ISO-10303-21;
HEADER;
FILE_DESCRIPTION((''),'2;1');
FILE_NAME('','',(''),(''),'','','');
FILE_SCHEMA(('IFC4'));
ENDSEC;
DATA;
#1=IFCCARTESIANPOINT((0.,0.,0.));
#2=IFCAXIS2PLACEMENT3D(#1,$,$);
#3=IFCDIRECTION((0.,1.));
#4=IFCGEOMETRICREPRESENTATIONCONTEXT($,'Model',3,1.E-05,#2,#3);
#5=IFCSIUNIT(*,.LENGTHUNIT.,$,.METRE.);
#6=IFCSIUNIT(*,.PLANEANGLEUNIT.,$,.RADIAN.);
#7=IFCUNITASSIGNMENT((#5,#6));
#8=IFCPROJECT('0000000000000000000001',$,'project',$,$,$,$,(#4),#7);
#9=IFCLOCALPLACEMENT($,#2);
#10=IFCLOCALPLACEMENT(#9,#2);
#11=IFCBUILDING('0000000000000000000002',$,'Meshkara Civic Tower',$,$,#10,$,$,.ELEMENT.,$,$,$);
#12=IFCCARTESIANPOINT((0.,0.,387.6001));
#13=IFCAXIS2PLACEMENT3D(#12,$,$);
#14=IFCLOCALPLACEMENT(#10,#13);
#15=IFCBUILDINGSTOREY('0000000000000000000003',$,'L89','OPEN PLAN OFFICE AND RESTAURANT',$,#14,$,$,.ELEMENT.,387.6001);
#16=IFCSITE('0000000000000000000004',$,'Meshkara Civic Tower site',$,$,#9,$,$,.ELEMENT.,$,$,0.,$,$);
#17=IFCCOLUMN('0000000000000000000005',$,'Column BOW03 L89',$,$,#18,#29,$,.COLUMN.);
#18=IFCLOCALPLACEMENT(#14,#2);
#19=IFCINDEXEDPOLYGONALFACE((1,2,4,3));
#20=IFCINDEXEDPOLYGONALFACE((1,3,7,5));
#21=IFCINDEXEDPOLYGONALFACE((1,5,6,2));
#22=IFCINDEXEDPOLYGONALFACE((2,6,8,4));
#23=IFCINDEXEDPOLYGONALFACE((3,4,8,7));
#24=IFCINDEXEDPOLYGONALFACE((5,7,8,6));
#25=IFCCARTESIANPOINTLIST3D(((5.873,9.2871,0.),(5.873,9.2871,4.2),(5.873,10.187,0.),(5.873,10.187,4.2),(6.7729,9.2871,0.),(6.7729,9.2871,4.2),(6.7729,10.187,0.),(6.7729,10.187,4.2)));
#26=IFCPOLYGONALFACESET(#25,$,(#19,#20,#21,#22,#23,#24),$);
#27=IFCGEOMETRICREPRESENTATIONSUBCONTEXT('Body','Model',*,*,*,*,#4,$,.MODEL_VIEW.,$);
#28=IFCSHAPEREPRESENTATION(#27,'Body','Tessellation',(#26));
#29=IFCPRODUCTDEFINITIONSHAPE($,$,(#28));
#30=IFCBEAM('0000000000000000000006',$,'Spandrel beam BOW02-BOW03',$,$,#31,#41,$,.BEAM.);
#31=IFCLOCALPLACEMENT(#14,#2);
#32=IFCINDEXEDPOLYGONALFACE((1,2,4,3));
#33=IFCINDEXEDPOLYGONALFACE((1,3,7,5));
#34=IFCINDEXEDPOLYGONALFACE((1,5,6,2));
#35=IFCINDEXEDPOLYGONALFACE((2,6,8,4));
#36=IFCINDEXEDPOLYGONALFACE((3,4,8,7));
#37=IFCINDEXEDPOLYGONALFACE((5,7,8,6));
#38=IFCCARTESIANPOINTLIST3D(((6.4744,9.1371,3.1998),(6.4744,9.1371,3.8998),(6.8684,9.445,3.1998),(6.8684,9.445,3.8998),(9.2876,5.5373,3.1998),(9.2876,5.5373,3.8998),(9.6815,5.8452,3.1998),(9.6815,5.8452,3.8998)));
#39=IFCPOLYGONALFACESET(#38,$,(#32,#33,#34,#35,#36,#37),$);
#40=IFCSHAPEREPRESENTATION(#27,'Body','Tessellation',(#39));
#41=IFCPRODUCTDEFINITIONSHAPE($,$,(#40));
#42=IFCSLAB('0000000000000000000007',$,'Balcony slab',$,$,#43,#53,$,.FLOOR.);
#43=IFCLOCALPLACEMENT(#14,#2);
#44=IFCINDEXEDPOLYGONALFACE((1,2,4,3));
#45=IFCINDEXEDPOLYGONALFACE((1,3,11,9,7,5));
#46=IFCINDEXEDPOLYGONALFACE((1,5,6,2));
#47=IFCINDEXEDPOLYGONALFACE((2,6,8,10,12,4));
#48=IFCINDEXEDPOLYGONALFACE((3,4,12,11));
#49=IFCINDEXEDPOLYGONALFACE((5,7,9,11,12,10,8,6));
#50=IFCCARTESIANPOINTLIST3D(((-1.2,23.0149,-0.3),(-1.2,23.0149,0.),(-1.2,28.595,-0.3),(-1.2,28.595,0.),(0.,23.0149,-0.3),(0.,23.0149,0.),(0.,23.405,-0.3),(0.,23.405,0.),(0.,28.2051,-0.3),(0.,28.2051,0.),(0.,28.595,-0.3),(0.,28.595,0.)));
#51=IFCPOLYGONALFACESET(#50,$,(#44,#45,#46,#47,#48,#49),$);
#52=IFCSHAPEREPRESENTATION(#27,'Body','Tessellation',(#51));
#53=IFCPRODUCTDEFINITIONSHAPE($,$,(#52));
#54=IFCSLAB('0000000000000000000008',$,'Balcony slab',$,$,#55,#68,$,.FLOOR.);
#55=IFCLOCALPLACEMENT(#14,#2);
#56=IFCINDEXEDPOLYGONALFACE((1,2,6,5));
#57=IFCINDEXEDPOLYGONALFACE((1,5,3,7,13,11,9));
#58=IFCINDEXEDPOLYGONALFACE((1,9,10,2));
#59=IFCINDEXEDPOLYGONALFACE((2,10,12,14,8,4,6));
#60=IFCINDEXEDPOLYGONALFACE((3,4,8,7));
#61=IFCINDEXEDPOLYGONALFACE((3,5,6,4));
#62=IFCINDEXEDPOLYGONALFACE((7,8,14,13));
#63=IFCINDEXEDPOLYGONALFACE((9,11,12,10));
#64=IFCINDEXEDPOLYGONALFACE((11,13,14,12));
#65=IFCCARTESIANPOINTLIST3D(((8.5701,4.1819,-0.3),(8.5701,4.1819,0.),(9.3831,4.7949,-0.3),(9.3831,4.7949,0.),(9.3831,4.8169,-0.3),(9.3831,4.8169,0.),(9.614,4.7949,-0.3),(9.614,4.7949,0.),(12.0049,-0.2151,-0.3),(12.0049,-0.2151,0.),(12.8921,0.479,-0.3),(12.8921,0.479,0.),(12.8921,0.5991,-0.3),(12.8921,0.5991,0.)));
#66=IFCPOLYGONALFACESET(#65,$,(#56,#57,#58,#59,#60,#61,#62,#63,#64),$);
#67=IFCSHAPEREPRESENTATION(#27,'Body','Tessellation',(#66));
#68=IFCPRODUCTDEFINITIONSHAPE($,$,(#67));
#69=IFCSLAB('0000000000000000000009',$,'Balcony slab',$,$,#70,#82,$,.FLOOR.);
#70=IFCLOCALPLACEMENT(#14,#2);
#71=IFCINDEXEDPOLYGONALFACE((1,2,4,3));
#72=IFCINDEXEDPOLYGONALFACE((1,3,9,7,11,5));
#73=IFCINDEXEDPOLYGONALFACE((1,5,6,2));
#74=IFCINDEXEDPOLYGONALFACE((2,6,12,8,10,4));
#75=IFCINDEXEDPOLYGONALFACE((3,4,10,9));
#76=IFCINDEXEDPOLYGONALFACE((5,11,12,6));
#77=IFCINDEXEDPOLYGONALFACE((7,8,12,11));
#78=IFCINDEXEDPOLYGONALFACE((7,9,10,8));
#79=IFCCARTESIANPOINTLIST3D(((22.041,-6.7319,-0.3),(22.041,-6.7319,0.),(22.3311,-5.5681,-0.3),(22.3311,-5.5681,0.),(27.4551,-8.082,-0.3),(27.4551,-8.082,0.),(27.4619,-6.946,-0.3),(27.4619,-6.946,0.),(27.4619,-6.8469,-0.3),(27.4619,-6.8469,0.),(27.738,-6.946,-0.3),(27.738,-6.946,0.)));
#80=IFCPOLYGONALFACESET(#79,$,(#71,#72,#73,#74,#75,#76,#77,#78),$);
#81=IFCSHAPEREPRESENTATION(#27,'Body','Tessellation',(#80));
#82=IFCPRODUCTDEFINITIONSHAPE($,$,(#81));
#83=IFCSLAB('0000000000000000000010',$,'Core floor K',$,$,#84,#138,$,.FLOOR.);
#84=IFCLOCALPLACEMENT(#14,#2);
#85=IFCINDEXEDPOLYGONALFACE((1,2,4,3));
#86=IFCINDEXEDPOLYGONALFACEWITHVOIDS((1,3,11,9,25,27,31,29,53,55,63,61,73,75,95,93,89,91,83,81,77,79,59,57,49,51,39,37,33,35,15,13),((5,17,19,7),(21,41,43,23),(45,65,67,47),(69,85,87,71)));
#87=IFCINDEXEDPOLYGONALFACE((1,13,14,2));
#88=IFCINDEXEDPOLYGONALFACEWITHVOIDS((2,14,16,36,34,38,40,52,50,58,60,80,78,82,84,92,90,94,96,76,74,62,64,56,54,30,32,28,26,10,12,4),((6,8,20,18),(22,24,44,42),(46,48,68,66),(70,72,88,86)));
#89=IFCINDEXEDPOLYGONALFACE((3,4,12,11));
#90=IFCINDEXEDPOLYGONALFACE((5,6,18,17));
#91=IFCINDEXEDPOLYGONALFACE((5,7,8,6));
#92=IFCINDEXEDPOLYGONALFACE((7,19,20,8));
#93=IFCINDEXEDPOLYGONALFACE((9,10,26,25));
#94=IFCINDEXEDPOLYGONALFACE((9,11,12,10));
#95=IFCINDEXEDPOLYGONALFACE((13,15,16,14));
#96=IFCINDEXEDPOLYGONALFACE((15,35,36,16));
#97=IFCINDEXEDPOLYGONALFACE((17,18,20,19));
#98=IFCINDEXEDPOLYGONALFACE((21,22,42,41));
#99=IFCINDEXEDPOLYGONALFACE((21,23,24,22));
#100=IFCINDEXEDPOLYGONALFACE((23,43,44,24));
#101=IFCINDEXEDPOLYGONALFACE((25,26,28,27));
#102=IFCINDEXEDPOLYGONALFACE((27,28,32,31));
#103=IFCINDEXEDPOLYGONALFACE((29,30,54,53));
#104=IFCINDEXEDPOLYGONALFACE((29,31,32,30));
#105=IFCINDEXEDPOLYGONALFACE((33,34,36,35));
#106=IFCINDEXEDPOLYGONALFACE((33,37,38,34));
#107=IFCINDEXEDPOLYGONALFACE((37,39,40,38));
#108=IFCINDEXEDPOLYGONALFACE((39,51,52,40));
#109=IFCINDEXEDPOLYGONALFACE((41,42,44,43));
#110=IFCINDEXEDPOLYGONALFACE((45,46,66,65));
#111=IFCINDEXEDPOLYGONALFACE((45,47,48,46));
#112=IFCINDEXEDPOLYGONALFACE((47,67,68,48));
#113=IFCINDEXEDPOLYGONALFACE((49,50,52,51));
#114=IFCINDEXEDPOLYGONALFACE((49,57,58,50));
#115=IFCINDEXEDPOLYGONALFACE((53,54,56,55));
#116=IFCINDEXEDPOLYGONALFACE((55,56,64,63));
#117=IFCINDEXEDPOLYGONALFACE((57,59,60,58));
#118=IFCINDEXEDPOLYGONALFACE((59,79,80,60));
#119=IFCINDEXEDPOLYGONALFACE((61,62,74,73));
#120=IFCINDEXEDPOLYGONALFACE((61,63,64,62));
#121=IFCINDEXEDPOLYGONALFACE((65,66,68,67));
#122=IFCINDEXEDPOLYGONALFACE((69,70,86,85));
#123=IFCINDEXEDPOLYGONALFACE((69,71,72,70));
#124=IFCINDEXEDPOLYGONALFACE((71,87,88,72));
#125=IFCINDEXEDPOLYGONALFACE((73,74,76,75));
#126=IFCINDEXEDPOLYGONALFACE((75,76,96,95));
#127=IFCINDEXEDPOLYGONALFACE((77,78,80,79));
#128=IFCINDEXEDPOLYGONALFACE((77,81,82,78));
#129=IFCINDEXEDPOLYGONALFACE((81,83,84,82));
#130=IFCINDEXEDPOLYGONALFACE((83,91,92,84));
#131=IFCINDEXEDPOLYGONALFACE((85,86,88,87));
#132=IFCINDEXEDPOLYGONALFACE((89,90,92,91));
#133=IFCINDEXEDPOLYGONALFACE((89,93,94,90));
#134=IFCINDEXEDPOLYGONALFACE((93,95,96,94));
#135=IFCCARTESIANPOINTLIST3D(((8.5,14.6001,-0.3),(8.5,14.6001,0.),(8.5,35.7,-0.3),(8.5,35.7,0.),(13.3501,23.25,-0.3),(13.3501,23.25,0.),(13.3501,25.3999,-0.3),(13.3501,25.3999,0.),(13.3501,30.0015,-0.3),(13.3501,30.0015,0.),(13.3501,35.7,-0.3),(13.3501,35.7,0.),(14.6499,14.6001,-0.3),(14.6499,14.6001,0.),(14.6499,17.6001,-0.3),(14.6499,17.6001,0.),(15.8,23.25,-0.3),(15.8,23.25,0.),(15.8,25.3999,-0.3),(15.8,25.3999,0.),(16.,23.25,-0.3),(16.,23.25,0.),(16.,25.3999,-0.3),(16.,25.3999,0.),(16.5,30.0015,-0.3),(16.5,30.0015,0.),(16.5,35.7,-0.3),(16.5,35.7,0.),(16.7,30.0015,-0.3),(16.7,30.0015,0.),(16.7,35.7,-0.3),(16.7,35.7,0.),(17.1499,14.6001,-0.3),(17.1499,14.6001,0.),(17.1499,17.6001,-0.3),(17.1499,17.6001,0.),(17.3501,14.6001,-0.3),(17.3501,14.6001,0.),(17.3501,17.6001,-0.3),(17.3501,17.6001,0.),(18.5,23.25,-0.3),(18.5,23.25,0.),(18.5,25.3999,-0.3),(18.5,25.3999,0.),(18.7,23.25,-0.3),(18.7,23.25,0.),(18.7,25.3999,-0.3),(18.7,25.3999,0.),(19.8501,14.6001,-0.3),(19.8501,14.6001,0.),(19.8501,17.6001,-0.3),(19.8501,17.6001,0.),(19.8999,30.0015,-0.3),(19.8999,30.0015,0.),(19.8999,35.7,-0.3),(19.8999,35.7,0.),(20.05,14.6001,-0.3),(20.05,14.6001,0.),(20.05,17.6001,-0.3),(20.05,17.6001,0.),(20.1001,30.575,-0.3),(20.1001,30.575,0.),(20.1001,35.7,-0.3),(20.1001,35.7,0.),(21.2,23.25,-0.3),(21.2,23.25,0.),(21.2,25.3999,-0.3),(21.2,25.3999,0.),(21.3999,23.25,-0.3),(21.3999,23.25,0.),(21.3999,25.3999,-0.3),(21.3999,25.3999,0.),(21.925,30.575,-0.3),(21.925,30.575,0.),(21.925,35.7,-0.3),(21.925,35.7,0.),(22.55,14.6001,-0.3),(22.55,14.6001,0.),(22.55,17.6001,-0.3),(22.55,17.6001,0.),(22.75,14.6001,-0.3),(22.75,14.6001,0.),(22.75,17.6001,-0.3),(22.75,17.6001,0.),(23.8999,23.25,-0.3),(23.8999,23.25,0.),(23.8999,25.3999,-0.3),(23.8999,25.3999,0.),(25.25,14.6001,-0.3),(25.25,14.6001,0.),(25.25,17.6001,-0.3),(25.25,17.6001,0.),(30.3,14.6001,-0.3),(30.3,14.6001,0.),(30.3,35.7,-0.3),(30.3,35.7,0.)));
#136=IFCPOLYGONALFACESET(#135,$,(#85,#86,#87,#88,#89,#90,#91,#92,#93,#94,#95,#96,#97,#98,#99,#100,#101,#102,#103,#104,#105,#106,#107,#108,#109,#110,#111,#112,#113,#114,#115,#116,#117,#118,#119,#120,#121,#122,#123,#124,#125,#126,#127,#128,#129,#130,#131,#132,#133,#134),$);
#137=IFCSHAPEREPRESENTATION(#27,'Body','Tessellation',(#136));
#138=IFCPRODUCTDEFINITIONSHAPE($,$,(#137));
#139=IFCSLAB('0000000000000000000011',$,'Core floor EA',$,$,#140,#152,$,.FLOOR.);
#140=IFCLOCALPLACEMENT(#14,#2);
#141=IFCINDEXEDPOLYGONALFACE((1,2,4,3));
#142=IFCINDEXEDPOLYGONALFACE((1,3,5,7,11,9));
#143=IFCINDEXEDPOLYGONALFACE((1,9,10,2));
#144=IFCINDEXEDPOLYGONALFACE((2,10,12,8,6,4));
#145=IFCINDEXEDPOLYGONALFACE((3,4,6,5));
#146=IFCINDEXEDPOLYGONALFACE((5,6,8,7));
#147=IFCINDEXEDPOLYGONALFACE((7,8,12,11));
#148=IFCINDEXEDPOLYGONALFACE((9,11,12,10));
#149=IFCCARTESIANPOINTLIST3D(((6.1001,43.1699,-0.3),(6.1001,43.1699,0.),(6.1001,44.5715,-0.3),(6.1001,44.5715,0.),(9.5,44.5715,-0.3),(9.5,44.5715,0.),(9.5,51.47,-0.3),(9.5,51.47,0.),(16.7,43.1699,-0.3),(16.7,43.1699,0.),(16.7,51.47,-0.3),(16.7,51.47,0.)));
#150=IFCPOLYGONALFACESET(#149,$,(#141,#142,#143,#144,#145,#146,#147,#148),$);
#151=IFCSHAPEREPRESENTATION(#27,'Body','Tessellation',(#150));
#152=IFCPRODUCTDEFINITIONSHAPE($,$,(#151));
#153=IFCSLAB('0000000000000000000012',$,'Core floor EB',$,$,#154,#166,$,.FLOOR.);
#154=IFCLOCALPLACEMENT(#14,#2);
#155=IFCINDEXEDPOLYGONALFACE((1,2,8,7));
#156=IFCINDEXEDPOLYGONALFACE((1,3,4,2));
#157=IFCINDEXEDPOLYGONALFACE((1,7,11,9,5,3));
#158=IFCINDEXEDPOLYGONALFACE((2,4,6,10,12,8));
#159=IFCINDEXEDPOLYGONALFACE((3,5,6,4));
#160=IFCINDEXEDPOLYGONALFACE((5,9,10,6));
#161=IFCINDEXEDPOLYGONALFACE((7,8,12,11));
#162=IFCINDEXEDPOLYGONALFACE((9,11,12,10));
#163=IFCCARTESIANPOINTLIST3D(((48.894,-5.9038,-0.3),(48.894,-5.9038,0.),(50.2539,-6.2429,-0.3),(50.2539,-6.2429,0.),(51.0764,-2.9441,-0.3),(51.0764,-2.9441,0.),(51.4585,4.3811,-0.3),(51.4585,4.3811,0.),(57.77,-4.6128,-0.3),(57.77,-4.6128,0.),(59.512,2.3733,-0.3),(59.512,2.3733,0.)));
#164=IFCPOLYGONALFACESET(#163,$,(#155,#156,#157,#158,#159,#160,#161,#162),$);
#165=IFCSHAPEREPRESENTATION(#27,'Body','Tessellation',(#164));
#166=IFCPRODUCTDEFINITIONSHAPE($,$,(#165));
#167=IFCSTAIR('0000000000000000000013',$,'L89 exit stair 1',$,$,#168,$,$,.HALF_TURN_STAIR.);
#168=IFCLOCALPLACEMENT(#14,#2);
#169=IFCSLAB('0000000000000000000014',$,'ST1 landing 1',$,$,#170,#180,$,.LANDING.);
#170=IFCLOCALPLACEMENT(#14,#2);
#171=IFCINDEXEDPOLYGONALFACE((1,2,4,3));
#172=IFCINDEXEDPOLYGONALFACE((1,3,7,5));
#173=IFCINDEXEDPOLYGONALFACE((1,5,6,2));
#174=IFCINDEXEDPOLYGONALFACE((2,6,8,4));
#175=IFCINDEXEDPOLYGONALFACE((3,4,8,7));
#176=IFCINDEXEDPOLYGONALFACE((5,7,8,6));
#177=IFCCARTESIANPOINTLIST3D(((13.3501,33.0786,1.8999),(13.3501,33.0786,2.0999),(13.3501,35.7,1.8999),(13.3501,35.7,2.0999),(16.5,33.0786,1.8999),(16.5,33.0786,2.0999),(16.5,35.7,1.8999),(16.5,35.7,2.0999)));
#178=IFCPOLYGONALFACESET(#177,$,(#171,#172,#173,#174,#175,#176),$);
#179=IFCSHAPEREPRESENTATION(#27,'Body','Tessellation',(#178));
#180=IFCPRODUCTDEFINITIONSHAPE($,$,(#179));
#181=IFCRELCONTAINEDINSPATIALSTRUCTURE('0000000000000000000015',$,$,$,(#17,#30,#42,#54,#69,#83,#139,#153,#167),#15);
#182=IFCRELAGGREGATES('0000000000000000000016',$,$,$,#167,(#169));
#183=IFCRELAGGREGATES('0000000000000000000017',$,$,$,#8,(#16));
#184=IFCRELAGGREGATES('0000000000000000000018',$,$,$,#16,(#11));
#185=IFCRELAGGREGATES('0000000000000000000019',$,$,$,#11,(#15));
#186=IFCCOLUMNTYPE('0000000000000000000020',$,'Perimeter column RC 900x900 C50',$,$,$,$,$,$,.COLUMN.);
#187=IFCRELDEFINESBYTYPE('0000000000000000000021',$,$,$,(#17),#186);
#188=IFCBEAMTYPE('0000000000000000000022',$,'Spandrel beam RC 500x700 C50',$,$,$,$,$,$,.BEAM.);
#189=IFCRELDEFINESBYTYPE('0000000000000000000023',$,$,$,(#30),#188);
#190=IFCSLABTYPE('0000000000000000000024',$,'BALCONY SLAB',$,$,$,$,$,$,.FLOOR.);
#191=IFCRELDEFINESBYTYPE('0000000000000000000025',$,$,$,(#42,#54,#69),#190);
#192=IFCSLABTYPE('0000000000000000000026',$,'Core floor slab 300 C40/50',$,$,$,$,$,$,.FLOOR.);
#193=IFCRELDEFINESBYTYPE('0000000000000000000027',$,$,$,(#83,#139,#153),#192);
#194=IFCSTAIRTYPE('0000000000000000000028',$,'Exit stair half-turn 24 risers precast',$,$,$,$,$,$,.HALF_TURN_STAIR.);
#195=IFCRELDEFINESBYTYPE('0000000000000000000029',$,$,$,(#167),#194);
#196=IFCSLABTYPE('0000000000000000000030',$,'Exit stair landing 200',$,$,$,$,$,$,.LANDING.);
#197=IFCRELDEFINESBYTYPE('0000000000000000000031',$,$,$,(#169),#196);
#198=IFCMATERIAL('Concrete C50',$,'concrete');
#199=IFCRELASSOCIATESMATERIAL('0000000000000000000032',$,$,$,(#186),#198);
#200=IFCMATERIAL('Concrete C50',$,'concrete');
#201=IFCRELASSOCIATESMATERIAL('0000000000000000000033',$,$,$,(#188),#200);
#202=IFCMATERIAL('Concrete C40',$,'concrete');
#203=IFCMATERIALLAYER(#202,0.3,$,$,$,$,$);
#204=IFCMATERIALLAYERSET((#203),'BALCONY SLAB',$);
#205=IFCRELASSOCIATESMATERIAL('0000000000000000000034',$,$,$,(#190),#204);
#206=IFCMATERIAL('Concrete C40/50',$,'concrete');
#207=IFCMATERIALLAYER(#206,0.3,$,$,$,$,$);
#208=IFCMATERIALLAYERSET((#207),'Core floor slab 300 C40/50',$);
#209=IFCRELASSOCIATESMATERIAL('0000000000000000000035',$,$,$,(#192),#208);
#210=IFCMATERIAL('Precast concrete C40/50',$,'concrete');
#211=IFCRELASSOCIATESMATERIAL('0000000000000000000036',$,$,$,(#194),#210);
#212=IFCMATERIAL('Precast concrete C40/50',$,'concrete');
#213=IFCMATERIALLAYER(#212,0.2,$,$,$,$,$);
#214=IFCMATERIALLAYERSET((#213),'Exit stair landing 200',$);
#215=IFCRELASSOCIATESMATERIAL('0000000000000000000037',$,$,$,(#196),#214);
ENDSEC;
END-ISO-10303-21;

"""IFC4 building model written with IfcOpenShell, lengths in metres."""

from ifc_helpers import new_model, si_unit, direction, frame, origin, origin_2d, place, context, subcontext, project, spatial, polyline, rectangle, outline, extrude, material, layer, layer_set, material_profile, profile_set, type_object, element, aggregate, save


model = new_model("IFC4")

# Units and contexts
model_context = context("Model", 3, precision=1e-05, world=origin(), true_north=direction((0.0, 1.0)))
body_context = subcontext(model_context, "Body", "Model", "MODEL_VIEW")
ifc_project = project(units=[si_unit("LENGTHUNIT", "METRE"), si_unit("PLANEANGLEUNIT", "RADIAN")], contexts=[model_context])

# Site, building, storey
site_placement = place(None, origin())
site = spatial("IfcSite", under=ifc_project, at=site_placement, Name="Meshkara Civic Tower site", CompositionType="ELEMENT", RefElevation=0.0)
building_placement = place(site_placement, origin())
building = spatial("IfcBuilding", under=site, at=building_placement, Name="Meshkara Civic Tower", CompositionType="ELEMENT")
storey_placement = place(building_placement, frame((0.0, 0.0, 387.6001)))
storey = spatial("IfcBuildingStorey", under=building, at=storey_placement, Name="L89", Description="OPEN PLAN OFFICE AND RESTAURANT", CompositionType="ELEMENT", Elevation=387.6001)

# Column
ifc_material_1 = material(Name="Concrete C50", Category="concrete")
ifc_material_profile_1 = material_profile(ifc_material_1, rectangle(XDim=0.8999, YDim=0.8999, at=origin_2d()))
ifc_profile_set_1 = profile_set([ifc_material_profile_1], Name="Concrete C50")
column_type = type_object("IfcColumnType", Name="Perimeter column RC 900x900 C50", PredefinedType="COLUMN", material=ifc_profile_set_1)
column_placement = place(storey_placement, frame((6.323, 9.7371, 0.0), z_axis=(0.0, 0.0, 1.0), x_axis=(1.0, 0.0, 0.0)))
element("IfcColumn", 1, at=column_placement, inside=storey, type_object=column_type, Name="Column BOW03 L89", PredefinedType="COLUMN", context=body_context, shape_type="SweptSolid", body=[
    extrude(rectangle(XDim=0.8999, YDim=0.8999, at=origin_2d()), origin(), (0.0, 0.0, 1.0), 4.2),
])

# Beam
ifc_material_2 = material(Name="Concrete C50", Category="concrete")
ifc_material_profile_2 = material_profile(ifc_material_2, rectangle(XDim=0.5, YDim=0.7, at=origin_2d()))
ifc_profile_set_2 = profile_set([ifc_material_profile_2], Name="Concrete C50")
beam_type = type_object("IfcBeamType", Name="Spandrel beam RC 500x700 C50", PredefinedType="BEAM", material=ifc_profile_set_2)
beam_placement = place(storey_placement, frame((6.6714, 9.291, 3.5498), z_axis=(0.615759, -0.787934, 0.0), x_axis=(0.787934, 0.615759, 0.0)))
element("IfcBeam", 2, at=beam_placement, inside=storey, type_object=beam_type, Name="Spandrel beam BOW02-BOW03", PredefinedType="BEAM", context=body_context, shape_type="SweptSolid", body=[
    extrude(rectangle(XDim=0.5, YDim=0.7, at=origin_2d()), origin(), (0.0, 0.0, 1.0), 4.5686),
])

# Slabs
ifc_material_3 = material(Name="Concrete C40", Category="concrete")
ifc_layer_1 = layer(ifc_material_3, 0.3)
ifc_layer_set_1 = layer_set([ifc_layer_1], Name="BALCONY SLAB")
slab_type_1 = type_object("IfcSlabType", Name="BALCONY SLAB", PredefinedType="FLOOR", material=ifc_layer_set_1)
slab_1_placement = place(storey_placement, frame((0.0, 0.0, -0.3)))
element("IfcSlab", 3, at=slab_1_placement, inside=storey, type_object=slab_type_1, Name="Balcony slab", PredefinedType="FLOOR", context=body_context, shape_type="SweptSolid", body=[
    extrude(outline(polyline([(0.0, 23.405), (0.0, 23.0149), (-1.2, 23.0149), (-1.2, 28.595), (0.0, 28.595), (0.0, 28.2051), (0.0, 23.405)])), origin(), (0.0, 0.0, 1.0), 0.3),
])
slab_2_placement = place(storey_placement, frame((0.0, 0.0, -0.3)))
element("IfcSlab", 4, at=slab_2_placement, inside=storey, type_object=slab_type_1, Name="Balcony slab", PredefinedType="FLOOR", context=body_context, shape_type="SweptSolid", body=[
    extrude(outline(polyline([(12.0049, -0.2151), (8.5701, 4.1819), (9.3831, 4.8169), (9.3831, 4.7949), (9.614, 4.7949), (12.8921, 0.5991), (12.8921, 0.479), (12.0049, -0.2151)])), origin(), (0.0, 0.0, 1.0), 0.3),
])
slab_3_placement = place(storey_placement, frame((0.0, 0.0, -0.3)))
element("IfcSlab", 5, at=slab_3_placement, inside=storey, type_object=slab_type_1, Name="Balcony slab", PredefinedType="FLOOR", context=body_context, shape_type="SweptSolid", body=[
    extrude(outline(polyline([(27.4551, -8.082), (22.041, -6.7319), (22.3311, -5.5681), (27.4619, -6.8469), (27.4619, -6.946), (27.738, -6.946), (27.4551, -8.082)])), origin(), (0.0, 0.0, 1.0), 0.3),
])
ifc_material_4 = material(Name="Concrete C40/50", Category="concrete")
ifc_layer_2 = layer(ifc_material_4, 0.3)
ifc_layer_set_2 = layer_set([ifc_layer_2], Name="Core floor slab 300 C40/50")
slab_type_2 = type_object("IfcSlabType", Name="Core floor slab 300 C40/50", PredefinedType="FLOOR", material=ifc_layer_set_2)
slab_4_placement = place(storey_placement, frame((0.0, 0.0, -0.3)))
element("IfcSlab", 6, at=slab_4_placement, inside=storey, type_object=slab_type_2, Name="Core floor K", PredefinedType="FLOOR", context=body_context, shape_type="SweptSolid", body=[
    extrude(outline(polyline([(8.5, 35.7), (13.3501, 35.7), (13.3501, 30.0015), (16.5, 30.0015), (16.5, 35.7), (16.7, 35.7), (16.7, 30.0015), (19.8999, 30.0015), (19.8999, 35.7), (20.1001, 35.7), (20.1001, 30.575), (21.925, 30.575), (21.925, 35.7), (30.3, 35.7), (30.3, 14.6001), (25.25, 14.6001), (25.25, 17.6001), (22.75, 17.6001), (22.75, 14.6001), (22.55, 14.6001), (22.55, 17.6001), (20.05, 17.6001), (20.05, 14.6001), (19.8501, 14.6001), (19.8501, 17.6001), (17.3501, 17.6001), (17.3501, 14.6001), (17.1499, 14.6001), (17.1499, 17.6001), (14.6499, 17.6001), (14.6499, 14.6001), (8.5, 14.6001), (8.5, 35.7)]), holes=[polyline([(13.3501, 23.25), (15.8, 23.25), (15.8, 25.3999), (13.3501, 25.3999), (13.3501, 23.25)]), polyline([(18.5, 23.25), (18.5, 25.3999), (16.0, 25.3999), (16.0, 23.25), (18.5, 23.25)]), polyline([(18.7, 23.25), (21.2, 23.25), (21.2, 25.3999), (18.7, 25.3999), (18.7, 23.25)]), polyline([(23.8999, 23.25), (23.8999, 25.3999), (21.3999, 25.3999), (21.3999, 23.25), (23.8999, 23.25)])]), origin(), (0.0, 0.0, 1.0), 0.3),
])
slab_5_placement = place(storey_placement, frame((0.0, 0.0, -0.3)))
element("IfcSlab", 7, at=slab_5_placement, inside=storey, type_object=slab_type_2, Name="Core floor EA", PredefinedType="FLOOR", context=body_context, shape_type="SweptSolid", body=[
    extrude(outline(polyline([(16.7, 43.1699), (16.7, 51.47), (9.5, 51.47), (9.5, 44.5715), (6.1001, 44.5715), (6.1001, 43.1699), (16.7, 43.1699)])), origin(), (0.0, 0.0, 1.0), 0.3),
])
slab_6_placement = place(storey_placement, frame((0.0, 0.0, -0.3)))
element("IfcSlab", 8, at=slab_6_placement, inside=storey, type_object=slab_type_2, Name="Core floor EB", PredefinedType="FLOOR", context=body_context, shape_type="SweptSolid", body=[
    extrude(outline(polyline([(51.4585, 4.3811), (59.512, 2.3733), (57.77, -4.6128), (51.0764, -2.9441), (50.2539, -6.2429), (48.894, -5.9038), (51.4585, 4.3811)])), origin(), (0.0, 0.0, 1.0), 0.3),
])

# Stair, slab
ifc_material_5 = material(Name="Precast concrete C40/50", Category="concrete")
stair_type = type_object("IfcStairType", Name="Exit stair half-turn 24 risers precast", PredefinedType="HALF_TURN_STAIR", material=ifc_material_5)
stair_1_placement = place(storey_placement, origin())
stair_1 = element("IfcStair", 9, at=stair_1_placement, inside=storey, type_object=stair_type, Name="L89 exit stair 1", PredefinedType="HALF_TURN_STAIR")
ifc_material_6 = material(Name="Precast concrete C40/50", Category="concrete")
ifc_layer_3 = layer(ifc_material_6, 0.2)
ifc_layer_set_3 = layer_set([ifc_layer_3], Name="Exit stair landing 200")
slab_type_3 = type_object("IfcSlabType", Name="Exit stair landing 200", PredefinedType="LANDING", material=ifc_layer_set_3)
slab_7_placement = place(storey_placement, frame((0.0, 0.0, 1.8999)))
slab_7 = element("IfcSlab", 10, at=slab_7_placement, type_object=slab_type_3, Name="ST1 landing 1", PredefinedType="LANDING", context=body_context, shape_type="SweptSolid", body=[
    extrude(outline(polyline([(16.5, 33.0786), (16.5, 35.7), (13.3501, 35.7), (13.3501, 33.0786), (16.5, 33.0786)])), origin(), (0.0, 0.0, 1.0), 0.2),
])
aggregate(stair_1, [slab_7])

save(model, "model.ifc")
